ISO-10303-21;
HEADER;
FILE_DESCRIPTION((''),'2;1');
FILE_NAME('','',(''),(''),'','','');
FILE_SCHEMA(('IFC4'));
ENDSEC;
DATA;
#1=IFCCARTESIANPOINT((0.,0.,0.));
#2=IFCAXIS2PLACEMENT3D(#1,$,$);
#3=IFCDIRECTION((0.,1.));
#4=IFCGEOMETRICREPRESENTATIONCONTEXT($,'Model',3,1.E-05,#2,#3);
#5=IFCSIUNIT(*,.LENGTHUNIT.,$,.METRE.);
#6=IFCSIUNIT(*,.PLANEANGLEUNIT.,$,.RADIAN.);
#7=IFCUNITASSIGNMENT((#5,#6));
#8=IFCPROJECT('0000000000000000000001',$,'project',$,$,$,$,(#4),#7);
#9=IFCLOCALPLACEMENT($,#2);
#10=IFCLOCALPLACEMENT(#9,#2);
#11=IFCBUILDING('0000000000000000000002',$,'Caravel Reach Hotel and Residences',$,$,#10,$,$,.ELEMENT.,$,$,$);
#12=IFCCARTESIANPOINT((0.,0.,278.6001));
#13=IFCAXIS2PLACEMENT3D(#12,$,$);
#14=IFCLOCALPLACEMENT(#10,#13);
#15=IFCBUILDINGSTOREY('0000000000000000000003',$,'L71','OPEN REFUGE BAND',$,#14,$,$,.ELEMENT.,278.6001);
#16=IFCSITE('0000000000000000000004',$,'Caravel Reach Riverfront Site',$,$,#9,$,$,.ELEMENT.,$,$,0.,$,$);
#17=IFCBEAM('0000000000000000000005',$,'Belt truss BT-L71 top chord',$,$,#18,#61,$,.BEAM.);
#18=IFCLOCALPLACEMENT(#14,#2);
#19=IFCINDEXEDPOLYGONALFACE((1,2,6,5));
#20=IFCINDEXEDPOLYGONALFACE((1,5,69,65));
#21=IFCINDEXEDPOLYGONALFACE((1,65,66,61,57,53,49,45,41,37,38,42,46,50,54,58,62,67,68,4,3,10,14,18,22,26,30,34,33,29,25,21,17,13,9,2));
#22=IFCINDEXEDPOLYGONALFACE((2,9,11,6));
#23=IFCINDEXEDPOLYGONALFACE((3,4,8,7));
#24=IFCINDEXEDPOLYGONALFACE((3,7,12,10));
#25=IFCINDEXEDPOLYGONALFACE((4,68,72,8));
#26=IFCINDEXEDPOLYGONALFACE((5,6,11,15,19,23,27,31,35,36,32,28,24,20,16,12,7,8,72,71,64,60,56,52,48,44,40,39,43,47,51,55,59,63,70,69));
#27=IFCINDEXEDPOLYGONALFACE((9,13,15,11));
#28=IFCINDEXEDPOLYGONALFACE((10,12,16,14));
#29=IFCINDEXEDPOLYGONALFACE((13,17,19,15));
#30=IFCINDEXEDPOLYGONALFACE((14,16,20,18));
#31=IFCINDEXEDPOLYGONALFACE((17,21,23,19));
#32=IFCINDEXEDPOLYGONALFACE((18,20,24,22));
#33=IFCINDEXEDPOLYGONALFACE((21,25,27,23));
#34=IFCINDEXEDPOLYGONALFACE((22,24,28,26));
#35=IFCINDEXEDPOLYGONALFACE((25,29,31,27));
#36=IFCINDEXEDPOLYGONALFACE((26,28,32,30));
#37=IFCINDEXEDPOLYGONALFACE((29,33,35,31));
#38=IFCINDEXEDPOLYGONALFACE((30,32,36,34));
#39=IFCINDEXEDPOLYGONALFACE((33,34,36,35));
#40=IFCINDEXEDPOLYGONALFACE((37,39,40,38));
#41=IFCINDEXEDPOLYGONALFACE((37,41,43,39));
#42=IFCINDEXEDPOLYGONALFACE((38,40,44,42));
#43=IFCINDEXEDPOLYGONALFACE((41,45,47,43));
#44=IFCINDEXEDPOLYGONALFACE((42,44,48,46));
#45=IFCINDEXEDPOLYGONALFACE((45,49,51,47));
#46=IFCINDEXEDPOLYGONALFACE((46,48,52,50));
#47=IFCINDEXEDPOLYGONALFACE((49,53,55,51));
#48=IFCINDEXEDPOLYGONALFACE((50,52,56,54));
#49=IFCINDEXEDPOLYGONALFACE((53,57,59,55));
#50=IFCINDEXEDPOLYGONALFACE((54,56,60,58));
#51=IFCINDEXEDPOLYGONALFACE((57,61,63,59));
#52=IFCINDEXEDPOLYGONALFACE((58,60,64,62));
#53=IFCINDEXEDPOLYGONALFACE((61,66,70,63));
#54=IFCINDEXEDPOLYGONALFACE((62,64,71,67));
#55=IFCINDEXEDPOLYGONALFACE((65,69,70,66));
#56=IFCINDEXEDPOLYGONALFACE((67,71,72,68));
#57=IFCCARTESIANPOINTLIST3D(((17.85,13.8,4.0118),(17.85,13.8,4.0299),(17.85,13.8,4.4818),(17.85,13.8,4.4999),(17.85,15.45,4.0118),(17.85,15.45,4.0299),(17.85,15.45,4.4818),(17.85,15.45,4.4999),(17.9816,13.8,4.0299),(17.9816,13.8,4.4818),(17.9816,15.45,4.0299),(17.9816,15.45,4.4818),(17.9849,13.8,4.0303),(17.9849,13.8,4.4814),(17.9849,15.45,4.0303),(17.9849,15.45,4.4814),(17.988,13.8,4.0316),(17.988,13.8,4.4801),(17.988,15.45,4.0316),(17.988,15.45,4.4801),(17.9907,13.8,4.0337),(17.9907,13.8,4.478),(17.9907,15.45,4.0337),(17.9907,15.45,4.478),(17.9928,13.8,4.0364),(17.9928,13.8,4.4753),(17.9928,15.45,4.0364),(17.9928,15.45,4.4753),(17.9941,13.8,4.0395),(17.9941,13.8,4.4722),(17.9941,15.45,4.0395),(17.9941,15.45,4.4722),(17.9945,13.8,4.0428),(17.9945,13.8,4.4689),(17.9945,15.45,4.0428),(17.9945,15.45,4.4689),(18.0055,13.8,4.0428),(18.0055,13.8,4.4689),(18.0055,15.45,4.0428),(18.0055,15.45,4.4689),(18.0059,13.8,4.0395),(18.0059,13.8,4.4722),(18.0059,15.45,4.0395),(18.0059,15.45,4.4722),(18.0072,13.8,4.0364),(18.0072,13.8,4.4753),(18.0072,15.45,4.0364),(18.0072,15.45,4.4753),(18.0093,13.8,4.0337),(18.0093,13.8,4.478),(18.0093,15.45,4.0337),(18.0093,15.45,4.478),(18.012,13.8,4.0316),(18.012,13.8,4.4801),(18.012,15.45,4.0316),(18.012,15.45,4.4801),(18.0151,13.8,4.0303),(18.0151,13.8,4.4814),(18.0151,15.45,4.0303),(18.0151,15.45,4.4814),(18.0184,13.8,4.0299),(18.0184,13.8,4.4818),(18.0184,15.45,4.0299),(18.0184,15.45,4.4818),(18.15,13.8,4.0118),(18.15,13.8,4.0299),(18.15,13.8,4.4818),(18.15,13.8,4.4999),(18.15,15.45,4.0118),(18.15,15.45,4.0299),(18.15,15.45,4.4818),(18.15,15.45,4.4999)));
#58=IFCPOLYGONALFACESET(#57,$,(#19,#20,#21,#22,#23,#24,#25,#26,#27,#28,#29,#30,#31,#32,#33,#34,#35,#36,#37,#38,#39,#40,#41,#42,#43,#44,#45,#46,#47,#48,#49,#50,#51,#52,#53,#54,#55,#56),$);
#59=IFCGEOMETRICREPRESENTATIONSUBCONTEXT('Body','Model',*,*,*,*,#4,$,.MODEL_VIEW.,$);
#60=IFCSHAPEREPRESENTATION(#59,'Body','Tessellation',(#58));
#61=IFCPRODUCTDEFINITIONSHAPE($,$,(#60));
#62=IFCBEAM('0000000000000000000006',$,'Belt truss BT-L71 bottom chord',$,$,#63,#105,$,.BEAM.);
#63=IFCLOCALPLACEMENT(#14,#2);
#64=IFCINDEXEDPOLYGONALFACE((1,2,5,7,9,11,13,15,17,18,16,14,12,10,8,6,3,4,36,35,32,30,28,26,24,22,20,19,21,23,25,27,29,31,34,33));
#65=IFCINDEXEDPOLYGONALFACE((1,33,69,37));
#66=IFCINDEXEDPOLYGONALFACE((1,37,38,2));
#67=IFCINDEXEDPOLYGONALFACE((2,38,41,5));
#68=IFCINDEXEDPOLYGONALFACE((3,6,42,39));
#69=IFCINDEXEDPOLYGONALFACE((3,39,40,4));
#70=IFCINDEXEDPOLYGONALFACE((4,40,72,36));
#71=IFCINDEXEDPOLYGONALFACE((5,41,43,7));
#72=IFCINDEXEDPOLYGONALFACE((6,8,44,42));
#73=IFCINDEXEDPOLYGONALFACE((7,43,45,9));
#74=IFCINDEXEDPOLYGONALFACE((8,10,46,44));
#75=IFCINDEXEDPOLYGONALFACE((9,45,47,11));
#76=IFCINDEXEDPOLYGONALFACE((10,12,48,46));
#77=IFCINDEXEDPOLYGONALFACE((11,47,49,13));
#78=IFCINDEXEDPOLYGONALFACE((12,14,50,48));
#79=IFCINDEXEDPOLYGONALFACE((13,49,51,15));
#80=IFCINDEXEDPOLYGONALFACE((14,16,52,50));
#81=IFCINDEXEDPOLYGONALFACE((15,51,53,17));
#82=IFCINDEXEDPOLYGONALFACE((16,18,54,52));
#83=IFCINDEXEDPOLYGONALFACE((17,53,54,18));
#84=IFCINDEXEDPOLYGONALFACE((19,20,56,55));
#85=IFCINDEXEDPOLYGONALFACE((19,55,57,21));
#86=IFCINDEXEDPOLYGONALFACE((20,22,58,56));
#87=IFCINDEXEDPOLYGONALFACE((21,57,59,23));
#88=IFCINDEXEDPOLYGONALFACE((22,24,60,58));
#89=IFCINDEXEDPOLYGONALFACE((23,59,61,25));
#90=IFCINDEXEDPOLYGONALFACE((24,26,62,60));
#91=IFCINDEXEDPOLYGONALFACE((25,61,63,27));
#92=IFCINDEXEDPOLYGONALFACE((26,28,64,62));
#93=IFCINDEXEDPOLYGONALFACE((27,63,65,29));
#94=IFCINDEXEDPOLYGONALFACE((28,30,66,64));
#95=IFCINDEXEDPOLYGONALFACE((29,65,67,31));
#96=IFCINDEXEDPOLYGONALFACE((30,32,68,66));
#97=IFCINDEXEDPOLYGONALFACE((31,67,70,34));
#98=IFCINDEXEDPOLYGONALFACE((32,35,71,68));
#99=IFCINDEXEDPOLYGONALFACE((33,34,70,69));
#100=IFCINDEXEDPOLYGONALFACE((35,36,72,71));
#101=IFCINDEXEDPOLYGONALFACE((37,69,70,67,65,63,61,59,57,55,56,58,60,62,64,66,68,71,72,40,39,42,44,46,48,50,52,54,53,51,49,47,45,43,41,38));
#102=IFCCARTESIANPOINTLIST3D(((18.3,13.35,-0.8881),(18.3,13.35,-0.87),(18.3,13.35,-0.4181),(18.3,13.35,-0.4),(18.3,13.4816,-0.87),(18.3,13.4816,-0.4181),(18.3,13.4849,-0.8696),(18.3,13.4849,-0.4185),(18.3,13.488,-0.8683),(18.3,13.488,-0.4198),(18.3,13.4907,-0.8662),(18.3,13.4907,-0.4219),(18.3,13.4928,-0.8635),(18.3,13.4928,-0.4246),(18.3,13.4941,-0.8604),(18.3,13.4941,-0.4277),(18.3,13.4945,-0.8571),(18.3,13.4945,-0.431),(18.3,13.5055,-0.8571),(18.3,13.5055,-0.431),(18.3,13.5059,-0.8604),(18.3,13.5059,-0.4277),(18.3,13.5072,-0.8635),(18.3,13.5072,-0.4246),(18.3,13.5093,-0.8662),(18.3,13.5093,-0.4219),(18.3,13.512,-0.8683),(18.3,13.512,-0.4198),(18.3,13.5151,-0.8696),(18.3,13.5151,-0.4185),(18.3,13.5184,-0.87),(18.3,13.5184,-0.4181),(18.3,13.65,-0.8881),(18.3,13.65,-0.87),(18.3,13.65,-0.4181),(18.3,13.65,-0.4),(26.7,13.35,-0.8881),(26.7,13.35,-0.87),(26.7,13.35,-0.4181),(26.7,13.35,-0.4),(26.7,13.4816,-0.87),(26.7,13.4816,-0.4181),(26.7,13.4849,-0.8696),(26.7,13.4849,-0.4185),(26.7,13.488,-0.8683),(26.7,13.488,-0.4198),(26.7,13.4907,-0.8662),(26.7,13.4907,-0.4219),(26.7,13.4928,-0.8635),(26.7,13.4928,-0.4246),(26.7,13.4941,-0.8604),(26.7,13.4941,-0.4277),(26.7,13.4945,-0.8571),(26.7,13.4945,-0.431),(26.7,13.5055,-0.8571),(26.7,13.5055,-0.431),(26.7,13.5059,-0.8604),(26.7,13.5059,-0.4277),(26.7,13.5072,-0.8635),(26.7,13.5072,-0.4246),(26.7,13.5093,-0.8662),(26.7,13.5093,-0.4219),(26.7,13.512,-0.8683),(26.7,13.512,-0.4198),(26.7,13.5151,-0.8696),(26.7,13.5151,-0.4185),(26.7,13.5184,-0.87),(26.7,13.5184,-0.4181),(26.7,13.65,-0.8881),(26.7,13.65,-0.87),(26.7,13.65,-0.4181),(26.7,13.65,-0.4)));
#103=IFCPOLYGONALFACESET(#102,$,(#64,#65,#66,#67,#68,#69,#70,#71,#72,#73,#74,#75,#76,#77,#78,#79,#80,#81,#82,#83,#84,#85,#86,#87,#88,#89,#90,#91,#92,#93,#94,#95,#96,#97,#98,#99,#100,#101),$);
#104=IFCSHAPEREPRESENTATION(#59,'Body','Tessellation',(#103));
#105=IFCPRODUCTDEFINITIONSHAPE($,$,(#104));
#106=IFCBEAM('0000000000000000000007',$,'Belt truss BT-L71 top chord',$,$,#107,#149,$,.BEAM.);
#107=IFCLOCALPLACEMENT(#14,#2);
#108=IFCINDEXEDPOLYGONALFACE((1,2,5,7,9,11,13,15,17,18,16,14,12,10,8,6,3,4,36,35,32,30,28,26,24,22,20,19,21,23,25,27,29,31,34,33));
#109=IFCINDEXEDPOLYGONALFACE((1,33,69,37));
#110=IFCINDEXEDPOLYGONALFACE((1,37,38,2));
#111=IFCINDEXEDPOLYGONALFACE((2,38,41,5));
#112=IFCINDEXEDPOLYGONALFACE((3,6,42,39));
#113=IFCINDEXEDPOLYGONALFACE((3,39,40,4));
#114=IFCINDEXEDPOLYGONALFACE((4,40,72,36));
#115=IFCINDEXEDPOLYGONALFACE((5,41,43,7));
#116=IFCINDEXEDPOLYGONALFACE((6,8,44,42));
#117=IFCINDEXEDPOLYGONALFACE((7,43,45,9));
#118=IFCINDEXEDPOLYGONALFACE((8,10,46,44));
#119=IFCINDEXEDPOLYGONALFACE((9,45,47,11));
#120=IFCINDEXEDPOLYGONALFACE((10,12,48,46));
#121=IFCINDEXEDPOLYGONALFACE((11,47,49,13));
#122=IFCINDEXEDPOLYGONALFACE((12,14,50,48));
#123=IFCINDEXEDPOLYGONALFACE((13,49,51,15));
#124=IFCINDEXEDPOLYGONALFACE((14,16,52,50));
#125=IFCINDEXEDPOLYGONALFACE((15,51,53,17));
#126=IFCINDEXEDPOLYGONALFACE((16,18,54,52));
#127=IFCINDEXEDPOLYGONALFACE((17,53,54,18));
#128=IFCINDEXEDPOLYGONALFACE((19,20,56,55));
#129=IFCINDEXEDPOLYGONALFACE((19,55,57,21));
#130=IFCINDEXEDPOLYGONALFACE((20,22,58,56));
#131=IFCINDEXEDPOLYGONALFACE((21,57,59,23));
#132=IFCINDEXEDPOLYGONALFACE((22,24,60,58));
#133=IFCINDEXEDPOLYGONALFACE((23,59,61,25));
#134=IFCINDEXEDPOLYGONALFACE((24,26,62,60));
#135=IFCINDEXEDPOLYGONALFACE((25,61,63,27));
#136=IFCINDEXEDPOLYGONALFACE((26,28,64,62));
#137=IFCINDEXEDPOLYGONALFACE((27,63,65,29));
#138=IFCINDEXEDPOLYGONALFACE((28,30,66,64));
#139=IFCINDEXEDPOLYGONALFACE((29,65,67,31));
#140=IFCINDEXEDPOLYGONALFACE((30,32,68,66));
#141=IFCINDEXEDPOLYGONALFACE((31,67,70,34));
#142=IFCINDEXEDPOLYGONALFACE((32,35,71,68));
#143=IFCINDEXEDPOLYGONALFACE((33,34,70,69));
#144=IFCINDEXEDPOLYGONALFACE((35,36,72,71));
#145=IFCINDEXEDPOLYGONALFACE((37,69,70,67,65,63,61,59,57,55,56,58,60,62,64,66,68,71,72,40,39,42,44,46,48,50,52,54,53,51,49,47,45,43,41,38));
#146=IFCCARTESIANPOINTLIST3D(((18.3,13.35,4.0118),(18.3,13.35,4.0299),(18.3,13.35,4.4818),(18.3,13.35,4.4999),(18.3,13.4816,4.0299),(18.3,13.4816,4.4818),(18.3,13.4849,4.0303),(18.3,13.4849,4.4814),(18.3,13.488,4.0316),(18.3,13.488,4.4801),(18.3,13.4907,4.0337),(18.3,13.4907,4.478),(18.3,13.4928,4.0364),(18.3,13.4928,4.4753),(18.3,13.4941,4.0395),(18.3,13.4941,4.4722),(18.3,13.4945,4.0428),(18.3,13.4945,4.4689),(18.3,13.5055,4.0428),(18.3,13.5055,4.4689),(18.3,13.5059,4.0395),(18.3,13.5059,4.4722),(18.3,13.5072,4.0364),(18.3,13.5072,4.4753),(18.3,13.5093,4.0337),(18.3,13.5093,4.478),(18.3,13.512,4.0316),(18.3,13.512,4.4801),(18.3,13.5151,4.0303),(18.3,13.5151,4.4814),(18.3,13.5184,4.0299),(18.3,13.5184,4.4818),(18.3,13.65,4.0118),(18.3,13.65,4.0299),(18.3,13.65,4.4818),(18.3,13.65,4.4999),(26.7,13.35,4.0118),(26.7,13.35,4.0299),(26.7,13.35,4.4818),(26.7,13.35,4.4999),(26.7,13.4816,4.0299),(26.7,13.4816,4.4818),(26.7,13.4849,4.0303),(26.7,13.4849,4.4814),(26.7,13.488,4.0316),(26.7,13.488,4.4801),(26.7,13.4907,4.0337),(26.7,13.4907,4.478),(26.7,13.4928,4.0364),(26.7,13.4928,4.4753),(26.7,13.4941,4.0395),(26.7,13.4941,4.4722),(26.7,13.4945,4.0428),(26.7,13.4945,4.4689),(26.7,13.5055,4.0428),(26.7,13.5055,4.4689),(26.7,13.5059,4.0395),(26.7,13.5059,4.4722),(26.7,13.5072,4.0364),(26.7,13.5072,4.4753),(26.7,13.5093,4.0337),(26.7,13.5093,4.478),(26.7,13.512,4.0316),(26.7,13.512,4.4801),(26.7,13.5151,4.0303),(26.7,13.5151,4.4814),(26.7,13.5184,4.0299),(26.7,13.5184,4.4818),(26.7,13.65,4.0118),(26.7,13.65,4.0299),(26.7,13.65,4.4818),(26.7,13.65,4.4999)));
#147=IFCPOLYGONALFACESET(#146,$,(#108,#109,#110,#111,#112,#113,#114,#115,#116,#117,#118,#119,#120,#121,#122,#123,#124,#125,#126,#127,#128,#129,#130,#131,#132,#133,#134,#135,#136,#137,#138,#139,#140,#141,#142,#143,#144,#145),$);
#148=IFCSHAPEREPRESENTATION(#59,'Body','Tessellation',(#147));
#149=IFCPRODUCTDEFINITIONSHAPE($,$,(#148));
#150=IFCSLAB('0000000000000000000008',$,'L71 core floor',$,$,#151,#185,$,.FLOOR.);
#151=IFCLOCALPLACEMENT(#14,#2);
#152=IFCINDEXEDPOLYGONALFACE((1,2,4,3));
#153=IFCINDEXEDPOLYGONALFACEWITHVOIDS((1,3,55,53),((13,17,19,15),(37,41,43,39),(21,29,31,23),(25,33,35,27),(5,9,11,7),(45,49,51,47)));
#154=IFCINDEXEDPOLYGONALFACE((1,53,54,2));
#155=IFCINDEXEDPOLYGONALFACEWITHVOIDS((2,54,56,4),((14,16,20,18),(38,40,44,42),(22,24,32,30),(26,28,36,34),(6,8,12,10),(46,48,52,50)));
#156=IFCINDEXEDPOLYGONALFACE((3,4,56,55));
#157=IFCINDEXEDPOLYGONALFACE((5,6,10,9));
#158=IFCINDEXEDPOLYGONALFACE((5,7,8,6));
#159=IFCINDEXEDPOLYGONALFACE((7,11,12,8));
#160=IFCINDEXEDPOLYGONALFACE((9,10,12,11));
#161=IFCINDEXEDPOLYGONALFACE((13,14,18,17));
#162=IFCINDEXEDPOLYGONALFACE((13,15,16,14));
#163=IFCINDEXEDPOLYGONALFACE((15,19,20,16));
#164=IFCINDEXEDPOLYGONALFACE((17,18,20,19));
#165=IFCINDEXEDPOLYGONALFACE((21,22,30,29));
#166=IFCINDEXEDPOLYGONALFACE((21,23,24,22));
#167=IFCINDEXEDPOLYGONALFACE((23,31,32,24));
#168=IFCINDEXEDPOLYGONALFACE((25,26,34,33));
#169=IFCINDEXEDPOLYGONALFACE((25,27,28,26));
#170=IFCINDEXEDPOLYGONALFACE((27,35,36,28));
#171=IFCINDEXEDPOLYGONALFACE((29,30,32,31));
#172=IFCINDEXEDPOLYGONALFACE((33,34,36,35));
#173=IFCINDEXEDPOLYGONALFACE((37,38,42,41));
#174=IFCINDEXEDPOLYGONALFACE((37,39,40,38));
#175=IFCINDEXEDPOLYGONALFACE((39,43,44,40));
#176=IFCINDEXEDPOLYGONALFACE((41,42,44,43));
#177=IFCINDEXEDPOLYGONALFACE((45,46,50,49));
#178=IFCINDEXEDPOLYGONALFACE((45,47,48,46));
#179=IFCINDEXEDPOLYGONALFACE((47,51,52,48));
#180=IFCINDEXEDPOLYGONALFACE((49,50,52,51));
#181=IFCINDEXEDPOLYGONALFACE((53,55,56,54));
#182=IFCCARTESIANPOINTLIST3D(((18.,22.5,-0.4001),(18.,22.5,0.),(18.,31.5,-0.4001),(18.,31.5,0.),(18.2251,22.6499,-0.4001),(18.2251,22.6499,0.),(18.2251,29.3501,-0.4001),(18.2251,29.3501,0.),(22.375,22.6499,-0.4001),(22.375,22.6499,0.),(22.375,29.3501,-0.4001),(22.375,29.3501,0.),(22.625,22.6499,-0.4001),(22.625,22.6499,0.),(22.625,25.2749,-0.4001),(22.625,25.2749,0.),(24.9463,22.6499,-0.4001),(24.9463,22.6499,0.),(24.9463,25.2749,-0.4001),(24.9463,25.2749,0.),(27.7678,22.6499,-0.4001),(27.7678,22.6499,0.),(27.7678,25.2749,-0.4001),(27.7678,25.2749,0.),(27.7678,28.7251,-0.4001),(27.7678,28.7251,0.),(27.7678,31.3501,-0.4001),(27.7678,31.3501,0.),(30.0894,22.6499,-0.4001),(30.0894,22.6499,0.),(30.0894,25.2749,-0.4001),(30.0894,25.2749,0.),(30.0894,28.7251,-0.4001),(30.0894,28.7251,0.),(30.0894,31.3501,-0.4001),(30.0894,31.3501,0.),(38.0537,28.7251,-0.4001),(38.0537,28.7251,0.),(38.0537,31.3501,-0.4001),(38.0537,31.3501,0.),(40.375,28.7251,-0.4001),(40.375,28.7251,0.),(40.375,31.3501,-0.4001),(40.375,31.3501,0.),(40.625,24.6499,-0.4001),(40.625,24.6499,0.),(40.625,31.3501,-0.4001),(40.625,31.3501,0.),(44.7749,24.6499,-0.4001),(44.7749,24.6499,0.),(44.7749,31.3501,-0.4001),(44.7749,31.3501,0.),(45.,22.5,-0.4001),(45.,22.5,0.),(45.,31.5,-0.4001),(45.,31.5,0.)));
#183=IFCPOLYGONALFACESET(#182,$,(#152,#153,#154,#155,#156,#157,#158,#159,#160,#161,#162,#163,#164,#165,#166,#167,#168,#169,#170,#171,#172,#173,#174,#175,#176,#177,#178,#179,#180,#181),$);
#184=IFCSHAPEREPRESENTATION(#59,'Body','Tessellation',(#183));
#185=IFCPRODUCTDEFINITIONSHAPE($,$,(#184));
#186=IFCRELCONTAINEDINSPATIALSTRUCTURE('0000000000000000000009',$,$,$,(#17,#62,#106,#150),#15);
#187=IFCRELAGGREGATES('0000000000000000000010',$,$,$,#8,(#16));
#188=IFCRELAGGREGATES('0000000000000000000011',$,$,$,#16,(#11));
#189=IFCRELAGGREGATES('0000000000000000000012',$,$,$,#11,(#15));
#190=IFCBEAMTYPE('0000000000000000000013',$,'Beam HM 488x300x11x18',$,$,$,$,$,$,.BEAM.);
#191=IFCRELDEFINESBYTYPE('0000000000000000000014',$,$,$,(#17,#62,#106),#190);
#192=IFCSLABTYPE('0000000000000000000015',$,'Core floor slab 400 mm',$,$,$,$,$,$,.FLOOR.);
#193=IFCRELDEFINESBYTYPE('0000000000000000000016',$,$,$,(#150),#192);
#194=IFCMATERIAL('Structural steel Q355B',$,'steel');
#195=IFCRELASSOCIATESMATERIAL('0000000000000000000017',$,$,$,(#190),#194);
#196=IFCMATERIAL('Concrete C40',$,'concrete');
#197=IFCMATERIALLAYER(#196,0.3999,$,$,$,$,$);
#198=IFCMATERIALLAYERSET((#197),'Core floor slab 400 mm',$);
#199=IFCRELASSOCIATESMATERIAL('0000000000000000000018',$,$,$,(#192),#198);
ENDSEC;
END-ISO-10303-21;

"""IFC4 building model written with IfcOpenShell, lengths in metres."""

from ifc_helpers import new_model, si_unit, direction, frame, origin, origin_2d, place, context, subcontext, project, spatial, polyline, i_section, outline, extrude, material, layer, layer_set, material_profile, profile_set, type_object, element, save


model = new_model("IFC4")

# Units and contexts
model_context = context("Model", 3, precision=1e-05, world=origin(), true_north=direction((0.0, 1.0)))
body_context = subcontext(model_context, "Body", "Model", "MODEL_VIEW")
ifc_project = project(units=[si_unit("LENGTHUNIT", "METRE"), si_unit("PLANEANGLEUNIT", "RADIAN")], contexts=[model_context])

# Site, building, storey
site_placement = place(None, origin())
site = spatial("IfcSite", under=ifc_project, at=site_placement, Name="Caravel Reach Riverfront Site", CompositionType="ELEMENT", RefElevation=0.0)
building_placement = place(site_placement, origin())
building = spatial("IfcBuilding", under=site, at=building_placement, Name="Caravel Reach Hotel and Residences", CompositionType="ELEMENT")
storey_placement = place(building_placement, frame((0.0, 0.0, 278.6001)))
storey = spatial("IfcBuildingStorey", under=building, at=storey_placement, Name="L71", Description="OPEN REFUGE BAND", CompositionType="ELEMENT", Elevation=278.6001)

# Beams
ifc_material_1 = material(Name="Structural steel Q355B", Category="steel")
ifc_material_profile_1 = material_profile(ifc_material_1, i_section(OverallWidth=0.3, OverallDepth=0.488, WebThickness=0.011, FlangeThickness=0.0181, FilletRadius=0.0129, at=origin_2d()), Name="HM 488x300x11x18")
ifc_profile_set_1 = profile_set([ifc_material_profile_1], Name="Structural steel Q355B")
beam_type = type_object("IfcBeamType", Name="Beam HM 488x300x11x18", PredefinedType="BEAM", material=ifc_profile_set_1)
for number, where, z_axis, x_axis, name in (
    (1, (18.0, 15.45, 4.2559), (0.0, -1.0, 0.0), (1.0, 0.0, 0.0), "Belt truss BT-L71 top chord"),
):
    element("IfcBeam", number, at=place(storey_placement, frame(where, z_axis=z_axis, x_axis=x_axis)), inside=storey, type_object=beam_type, Name=name, PredefinedType="BEAM", context=body_context, shape_type="SweptSolid", body=[
        extrude(i_section(OverallWidth=0.3, OverallDepth=0.488, WebThickness=0.011, FlangeThickness=0.0181, FilletRadius=0.0129, at=origin_2d()), origin(), (0.0, 0.0, 1.0), 1.6499),
    ])
for number, where, z_axis, x_axis, name in (
    (2, (18.3, 13.5, -0.644), (1.0, 0.0, 0.0), (0.0, 1.0, 0.0), "Belt truss BT-L71 bottom chord"),
    (3, (18.3, 13.5, 4.2559), (1.0, 0.0, 0.0), (0.0, 1.0, 0.0), "Belt truss BT-L71 top chord"),
):
    element("IfcBeam", number, at=place(storey_placement, frame(where, z_axis=z_axis, x_axis=x_axis)), inside=storey, type_object=beam_type, Name=name, PredefinedType="BEAM", context=body_context, shape_type="SweptSolid", body=[
        extrude(i_section(OverallWidth=0.3, OverallDepth=0.488, WebThickness=0.011, FlangeThickness=0.0181, FilletRadius=0.0129, at=origin_2d()), origin(), (0.0, 0.0, 1.0), 8.3999),
    ])

# Slab
ifc_material_2 = material(Name="Concrete C40", Category="concrete")
ifc_layer_1 = layer(ifc_material_2, 0.3999)
ifc_layer_set_1 = layer_set([ifc_layer_1], Name="Core floor slab 400 mm")
slab_type_1 = type_object("IfcSlabType", Name="Core floor slab 400 mm", PredefinedType="FLOOR", material=ifc_layer_set_1)
slab_1_placement = place(storey_placement, frame((0.0, 0.0, -0.4001)))
element("IfcSlab", 4, at=slab_1_placement, inside=storey, type_object=slab_type_1, Name="L71 core floor", PredefinedType="FLOOR", context=body_context, shape_type="SweptSolid", body=[
    extrude(outline(polyline([(18.0, 31.5), (45.0, 31.5), (45.0, 22.5), (18.0, 22.5), (18.0, 31.5)]), holes=[polyline([(22.625, 22.6499), (24.9463, 22.6499), (24.9463, 25.2749), (22.625, 25.2749), (22.625, 22.6499)]), polyline([(27.7678, 25.2749), (27.7678, 22.6499), (30.0894, 22.6499), (30.0894, 25.2749), (27.7678, 25.2749)]), polyline([(22.375, 22.6499), (22.375, 29.3501), (18.2251, 29.3501), (18.2251, 22.6499), (22.375, 22.6499)]), polyline([(40.625, 24.6499), (44.7749, 24.6499), (44.7749, 31.3501), (40.625, 31.3501), (40.625, 24.6499)]), polyline([(27.7678, 31.3501), (27.7678, 28.7251), (30.0894, 28.7251), (30.0894, 31.3501), (27.7678, 31.3501)]), polyline([(38.0537, 31.3501), (38.0537, 28.7251), (40.375, 28.7251), (40.375, 31.3501), (38.0537, 31.3501)])]), origin(), (0.0, 0.0, 1.0), 0.4001),
])

save(model, "model.ifc")
